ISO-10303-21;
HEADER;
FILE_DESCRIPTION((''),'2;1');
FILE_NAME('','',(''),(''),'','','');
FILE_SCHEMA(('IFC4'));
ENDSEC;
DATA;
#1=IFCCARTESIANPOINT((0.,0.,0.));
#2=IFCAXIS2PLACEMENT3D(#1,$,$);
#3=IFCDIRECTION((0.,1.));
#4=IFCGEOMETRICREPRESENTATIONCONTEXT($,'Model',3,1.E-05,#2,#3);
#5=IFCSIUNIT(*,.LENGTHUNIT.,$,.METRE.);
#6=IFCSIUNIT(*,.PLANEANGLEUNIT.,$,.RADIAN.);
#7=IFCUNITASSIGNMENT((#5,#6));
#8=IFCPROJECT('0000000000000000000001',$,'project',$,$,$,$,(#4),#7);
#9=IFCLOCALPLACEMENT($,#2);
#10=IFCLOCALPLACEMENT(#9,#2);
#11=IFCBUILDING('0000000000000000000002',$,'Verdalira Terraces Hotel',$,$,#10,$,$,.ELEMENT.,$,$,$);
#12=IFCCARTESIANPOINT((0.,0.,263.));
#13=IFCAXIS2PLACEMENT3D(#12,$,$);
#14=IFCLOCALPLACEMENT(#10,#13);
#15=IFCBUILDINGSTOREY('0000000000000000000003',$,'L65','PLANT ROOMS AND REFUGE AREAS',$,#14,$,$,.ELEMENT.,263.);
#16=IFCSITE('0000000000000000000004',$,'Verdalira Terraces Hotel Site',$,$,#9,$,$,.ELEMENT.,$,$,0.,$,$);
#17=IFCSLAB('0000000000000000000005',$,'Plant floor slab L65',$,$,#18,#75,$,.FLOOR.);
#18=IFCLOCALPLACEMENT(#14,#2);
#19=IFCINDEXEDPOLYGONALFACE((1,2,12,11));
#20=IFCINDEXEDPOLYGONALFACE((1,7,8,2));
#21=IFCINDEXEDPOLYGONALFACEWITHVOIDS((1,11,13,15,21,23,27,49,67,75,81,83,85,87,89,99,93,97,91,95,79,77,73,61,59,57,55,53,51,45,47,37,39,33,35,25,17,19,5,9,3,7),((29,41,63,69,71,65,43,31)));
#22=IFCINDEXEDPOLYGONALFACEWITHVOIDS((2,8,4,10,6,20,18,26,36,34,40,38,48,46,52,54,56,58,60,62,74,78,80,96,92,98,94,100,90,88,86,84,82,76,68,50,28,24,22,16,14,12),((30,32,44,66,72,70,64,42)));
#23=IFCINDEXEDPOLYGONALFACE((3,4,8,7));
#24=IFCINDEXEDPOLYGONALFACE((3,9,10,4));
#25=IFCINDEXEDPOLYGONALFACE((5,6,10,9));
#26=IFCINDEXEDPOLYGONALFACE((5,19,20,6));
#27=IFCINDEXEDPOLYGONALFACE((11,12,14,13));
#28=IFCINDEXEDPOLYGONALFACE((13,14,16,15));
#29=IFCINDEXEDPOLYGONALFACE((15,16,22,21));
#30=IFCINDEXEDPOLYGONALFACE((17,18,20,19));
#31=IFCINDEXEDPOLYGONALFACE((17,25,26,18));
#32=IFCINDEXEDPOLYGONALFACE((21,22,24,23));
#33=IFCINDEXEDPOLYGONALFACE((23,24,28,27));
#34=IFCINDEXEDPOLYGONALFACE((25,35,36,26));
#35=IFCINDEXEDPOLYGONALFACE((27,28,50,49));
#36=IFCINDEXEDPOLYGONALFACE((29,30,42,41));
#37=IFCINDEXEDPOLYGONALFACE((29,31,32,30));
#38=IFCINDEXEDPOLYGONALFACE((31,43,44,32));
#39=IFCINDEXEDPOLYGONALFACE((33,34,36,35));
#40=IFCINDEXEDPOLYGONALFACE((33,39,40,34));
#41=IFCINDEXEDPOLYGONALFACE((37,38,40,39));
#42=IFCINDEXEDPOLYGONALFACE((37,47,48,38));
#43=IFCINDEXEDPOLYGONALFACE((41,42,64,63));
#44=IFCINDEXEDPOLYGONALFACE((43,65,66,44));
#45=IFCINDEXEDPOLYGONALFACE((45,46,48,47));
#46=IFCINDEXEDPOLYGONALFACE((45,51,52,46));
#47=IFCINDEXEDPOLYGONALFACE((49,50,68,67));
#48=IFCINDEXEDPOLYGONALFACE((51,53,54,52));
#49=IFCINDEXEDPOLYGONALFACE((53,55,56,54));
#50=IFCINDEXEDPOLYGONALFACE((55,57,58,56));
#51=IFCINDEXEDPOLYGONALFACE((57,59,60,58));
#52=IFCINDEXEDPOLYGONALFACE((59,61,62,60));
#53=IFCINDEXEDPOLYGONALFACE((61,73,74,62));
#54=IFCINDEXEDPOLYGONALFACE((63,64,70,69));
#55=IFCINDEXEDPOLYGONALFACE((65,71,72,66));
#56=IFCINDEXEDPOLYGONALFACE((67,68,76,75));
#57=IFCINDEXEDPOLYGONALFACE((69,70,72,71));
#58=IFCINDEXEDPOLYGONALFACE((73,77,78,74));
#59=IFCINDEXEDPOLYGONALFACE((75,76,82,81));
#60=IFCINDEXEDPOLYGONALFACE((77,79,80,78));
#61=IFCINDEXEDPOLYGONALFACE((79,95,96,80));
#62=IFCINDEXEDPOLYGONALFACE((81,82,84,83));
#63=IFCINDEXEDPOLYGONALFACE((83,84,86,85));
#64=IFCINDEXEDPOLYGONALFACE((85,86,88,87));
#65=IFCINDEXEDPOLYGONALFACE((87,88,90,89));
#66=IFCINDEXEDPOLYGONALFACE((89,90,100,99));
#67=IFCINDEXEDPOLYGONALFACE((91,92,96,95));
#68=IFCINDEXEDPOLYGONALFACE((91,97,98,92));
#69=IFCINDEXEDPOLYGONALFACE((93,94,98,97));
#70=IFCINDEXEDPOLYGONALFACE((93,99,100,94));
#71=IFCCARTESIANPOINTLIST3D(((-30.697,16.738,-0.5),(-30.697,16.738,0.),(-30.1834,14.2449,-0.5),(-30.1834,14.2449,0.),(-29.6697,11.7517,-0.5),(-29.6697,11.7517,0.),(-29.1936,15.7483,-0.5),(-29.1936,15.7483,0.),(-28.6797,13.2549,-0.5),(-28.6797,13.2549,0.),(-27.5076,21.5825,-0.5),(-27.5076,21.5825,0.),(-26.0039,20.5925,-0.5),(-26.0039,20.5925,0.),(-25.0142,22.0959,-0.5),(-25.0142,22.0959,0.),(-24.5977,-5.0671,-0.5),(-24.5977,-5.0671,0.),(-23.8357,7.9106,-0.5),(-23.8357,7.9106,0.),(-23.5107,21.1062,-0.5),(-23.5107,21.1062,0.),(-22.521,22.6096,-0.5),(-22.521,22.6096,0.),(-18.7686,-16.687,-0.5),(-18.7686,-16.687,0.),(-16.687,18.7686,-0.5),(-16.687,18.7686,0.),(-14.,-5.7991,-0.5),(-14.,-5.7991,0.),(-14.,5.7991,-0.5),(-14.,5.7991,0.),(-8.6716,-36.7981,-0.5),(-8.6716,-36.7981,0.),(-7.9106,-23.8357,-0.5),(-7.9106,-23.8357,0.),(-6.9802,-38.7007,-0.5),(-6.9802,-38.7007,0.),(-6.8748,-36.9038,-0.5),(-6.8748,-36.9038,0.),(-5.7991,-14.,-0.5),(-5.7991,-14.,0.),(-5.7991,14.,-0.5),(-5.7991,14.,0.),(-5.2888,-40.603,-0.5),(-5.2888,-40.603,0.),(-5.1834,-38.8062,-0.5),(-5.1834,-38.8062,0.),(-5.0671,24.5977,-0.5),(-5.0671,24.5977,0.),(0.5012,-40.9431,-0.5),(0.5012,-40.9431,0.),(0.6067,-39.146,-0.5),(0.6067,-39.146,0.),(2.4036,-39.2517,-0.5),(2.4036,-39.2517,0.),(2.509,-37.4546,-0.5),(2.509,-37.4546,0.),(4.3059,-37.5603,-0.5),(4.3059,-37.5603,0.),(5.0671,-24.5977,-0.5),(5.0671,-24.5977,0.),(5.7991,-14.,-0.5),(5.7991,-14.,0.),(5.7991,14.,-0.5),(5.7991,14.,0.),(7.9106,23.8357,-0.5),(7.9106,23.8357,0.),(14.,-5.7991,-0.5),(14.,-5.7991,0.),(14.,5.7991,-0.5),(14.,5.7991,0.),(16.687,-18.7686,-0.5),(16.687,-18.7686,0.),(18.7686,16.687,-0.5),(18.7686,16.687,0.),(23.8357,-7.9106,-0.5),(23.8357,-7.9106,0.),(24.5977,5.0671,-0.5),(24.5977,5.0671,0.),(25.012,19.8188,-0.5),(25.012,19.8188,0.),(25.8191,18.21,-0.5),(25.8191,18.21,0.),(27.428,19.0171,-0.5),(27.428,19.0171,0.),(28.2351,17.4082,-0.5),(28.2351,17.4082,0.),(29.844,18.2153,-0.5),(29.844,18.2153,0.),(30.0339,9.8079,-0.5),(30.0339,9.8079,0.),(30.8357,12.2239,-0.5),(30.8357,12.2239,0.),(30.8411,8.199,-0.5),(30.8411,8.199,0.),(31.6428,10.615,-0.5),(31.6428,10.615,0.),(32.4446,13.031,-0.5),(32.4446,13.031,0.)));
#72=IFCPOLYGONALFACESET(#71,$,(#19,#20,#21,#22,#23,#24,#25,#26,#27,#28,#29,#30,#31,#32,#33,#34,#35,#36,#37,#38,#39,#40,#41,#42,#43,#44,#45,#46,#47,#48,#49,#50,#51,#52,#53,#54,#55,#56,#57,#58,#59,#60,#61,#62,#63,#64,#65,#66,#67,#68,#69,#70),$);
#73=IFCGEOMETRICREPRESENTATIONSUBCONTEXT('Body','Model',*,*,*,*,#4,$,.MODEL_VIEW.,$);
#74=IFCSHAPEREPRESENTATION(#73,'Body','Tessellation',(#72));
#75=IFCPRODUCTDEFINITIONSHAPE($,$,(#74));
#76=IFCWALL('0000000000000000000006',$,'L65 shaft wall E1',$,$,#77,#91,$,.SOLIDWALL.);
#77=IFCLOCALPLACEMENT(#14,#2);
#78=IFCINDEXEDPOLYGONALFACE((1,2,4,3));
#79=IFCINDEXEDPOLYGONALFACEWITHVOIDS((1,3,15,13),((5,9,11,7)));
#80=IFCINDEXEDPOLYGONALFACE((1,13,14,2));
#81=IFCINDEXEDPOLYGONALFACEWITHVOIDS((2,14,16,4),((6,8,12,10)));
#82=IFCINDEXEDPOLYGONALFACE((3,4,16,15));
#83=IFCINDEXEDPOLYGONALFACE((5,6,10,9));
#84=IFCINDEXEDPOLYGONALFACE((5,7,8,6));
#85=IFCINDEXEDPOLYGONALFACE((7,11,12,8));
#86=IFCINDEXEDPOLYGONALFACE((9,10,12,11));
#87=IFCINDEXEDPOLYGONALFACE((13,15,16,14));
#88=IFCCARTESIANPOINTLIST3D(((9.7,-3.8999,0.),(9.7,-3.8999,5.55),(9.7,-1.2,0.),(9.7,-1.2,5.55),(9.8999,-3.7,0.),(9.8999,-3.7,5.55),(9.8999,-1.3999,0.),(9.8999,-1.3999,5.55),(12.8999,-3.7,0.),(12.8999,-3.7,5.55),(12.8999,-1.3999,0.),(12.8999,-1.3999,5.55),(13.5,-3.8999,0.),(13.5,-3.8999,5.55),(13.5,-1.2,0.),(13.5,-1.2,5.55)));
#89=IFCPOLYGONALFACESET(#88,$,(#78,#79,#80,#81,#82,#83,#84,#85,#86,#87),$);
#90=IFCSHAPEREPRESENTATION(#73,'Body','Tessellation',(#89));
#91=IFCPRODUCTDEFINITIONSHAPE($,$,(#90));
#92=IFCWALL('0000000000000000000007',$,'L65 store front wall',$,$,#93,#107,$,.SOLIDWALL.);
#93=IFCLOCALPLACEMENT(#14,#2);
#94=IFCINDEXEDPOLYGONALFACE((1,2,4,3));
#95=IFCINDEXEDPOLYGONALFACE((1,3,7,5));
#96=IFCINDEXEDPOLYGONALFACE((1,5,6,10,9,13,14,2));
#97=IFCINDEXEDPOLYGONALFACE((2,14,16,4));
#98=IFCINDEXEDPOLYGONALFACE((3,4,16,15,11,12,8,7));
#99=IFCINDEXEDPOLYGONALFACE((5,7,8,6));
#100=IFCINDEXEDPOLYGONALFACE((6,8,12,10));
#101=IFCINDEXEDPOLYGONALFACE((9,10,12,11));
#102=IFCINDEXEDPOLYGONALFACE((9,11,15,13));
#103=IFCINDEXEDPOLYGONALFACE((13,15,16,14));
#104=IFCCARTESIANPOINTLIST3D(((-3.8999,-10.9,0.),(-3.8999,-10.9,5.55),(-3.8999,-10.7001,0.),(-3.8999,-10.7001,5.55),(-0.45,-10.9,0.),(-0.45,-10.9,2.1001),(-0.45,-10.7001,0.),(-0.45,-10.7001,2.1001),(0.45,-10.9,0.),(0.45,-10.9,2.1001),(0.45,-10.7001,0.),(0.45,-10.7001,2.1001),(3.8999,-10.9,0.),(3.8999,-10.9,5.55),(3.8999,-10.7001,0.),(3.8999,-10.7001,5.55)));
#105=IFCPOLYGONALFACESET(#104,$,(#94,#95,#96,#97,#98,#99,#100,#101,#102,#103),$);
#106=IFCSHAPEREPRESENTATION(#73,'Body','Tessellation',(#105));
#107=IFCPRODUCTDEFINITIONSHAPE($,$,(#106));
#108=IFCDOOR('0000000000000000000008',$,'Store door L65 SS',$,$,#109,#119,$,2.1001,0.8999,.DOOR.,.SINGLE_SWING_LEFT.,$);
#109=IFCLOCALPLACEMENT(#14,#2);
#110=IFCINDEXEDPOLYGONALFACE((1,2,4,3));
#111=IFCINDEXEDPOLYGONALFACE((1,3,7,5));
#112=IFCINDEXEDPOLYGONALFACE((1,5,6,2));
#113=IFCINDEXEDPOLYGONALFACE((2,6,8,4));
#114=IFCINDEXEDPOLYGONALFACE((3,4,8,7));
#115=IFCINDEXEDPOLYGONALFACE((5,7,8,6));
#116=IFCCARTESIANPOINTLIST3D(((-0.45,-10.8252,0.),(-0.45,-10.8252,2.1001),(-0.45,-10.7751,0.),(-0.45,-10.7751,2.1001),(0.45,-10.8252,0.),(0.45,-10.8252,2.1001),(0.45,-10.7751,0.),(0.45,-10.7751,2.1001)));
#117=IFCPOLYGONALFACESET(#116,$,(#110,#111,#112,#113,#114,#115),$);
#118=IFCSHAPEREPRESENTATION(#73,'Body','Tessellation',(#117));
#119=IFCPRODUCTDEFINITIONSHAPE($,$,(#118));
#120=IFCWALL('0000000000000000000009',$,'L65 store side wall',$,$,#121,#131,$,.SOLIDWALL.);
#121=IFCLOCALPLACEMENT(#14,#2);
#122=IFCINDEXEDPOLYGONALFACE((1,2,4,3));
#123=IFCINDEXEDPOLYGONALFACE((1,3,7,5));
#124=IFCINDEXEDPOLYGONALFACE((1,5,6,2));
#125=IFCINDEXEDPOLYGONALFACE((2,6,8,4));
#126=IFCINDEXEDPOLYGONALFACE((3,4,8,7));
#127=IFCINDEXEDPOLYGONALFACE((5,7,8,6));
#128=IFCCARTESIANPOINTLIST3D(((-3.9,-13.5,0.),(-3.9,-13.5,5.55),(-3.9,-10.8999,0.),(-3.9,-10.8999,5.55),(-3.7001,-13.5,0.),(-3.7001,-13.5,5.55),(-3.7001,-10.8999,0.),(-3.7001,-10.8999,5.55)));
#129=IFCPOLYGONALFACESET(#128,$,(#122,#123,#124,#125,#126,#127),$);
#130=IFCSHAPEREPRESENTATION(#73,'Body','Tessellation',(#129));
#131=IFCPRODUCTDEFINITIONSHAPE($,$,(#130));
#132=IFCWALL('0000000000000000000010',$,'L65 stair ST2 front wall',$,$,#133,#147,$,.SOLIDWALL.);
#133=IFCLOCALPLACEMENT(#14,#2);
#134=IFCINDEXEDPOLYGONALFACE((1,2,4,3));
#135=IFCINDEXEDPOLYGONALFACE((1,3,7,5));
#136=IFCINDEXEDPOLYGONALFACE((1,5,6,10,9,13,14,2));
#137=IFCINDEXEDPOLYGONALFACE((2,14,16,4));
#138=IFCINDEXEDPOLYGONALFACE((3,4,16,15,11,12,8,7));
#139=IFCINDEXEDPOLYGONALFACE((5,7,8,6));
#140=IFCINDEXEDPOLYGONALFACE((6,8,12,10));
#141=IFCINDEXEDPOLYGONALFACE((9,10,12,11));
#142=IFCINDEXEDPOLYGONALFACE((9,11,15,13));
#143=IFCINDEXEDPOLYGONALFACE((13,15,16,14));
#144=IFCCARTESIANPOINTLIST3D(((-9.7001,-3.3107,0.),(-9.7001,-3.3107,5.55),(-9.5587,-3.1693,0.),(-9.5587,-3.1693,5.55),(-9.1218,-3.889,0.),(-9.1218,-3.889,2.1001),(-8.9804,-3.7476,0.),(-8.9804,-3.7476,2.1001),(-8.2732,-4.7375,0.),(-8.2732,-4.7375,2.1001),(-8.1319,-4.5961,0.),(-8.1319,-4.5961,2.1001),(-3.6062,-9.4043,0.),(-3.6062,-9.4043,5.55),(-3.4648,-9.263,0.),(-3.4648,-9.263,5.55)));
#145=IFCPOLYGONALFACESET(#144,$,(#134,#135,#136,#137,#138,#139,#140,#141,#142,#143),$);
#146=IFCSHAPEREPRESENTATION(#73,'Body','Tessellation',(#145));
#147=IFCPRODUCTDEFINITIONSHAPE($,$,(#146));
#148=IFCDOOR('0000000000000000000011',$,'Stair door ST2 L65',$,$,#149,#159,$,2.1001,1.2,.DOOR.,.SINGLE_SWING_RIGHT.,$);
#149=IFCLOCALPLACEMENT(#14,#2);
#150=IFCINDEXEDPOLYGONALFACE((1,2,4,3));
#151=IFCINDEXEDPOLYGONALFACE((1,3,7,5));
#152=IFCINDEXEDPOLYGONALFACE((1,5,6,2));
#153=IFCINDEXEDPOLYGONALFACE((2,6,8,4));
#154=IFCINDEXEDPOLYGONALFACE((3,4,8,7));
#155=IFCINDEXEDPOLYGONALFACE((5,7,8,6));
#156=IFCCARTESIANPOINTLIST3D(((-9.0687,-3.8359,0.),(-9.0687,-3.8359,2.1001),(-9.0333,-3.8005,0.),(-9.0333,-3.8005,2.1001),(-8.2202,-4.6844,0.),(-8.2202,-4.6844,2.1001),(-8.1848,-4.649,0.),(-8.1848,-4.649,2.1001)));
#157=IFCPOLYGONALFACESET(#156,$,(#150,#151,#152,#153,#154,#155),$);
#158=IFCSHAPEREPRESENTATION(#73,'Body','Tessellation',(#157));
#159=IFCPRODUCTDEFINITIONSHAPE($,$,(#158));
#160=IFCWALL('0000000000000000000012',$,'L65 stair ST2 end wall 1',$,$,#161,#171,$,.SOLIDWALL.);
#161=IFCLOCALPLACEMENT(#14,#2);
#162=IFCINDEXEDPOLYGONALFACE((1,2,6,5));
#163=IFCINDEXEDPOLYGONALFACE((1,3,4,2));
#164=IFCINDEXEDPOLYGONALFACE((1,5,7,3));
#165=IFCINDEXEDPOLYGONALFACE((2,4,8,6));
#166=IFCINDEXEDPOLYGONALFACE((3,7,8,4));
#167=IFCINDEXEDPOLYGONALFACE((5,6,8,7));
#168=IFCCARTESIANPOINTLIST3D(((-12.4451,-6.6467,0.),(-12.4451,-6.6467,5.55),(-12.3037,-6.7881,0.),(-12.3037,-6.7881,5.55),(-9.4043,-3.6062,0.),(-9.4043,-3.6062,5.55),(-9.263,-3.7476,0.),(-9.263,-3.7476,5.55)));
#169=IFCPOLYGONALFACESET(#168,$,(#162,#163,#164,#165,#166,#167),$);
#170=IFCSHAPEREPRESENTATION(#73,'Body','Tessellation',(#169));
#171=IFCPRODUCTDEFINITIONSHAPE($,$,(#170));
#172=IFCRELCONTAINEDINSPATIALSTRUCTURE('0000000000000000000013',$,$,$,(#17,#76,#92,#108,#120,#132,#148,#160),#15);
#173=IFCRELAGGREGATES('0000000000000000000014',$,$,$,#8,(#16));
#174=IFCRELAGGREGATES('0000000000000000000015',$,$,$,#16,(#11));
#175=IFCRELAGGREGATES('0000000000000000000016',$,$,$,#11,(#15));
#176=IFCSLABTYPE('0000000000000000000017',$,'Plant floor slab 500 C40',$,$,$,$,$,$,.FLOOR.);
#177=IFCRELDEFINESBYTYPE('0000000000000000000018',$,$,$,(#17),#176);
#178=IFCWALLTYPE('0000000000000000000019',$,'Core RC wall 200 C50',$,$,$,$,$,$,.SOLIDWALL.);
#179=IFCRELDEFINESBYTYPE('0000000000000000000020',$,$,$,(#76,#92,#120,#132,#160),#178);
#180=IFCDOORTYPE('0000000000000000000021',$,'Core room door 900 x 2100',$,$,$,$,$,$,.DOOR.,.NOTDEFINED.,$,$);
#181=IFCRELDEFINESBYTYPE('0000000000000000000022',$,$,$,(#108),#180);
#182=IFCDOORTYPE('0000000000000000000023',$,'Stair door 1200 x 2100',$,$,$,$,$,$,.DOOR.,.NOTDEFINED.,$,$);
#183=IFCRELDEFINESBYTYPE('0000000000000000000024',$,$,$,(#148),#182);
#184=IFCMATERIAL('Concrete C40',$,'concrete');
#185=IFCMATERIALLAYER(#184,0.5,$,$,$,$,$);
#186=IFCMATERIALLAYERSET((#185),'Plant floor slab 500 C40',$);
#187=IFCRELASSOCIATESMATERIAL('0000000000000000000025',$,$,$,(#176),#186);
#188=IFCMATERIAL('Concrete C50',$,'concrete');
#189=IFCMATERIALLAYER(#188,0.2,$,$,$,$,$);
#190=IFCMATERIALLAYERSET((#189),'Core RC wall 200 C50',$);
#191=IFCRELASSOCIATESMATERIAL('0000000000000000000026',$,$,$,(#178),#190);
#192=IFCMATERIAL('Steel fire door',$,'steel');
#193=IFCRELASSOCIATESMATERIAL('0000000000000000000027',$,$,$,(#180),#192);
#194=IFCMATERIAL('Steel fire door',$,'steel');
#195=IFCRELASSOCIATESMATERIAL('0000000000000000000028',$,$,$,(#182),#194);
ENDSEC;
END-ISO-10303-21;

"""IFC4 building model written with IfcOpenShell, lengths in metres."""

from ifc_helpers import new_model, si_unit, direction, frame, frame_2d, origin, place, context, subcontext, project, spatial, polyline, rectangle, outline, extrude, material, layer, layer_set, type_object, element, fill, save


model = new_model("IFC4")

# Units and contexts
model_context = context("Model", 3, precision=1e-05, world=origin(), true_north=direction((0.0, 1.0)))
body_context = subcontext(model_context, "Body", "Model", "MODEL_VIEW")
ifc_project = project(units=[si_unit("LENGTHUNIT", "METRE"), si_unit("PLANEANGLEUNIT", "RADIAN")], contexts=[model_context])

# Site, building, storey
site_placement = place(None, origin())
site = spatial("IfcSite", under=ifc_project, at=site_placement, Name="Verdalira Terraces Hotel Site", CompositionType="ELEMENT", RefElevation=0.0)
building_placement = place(site_placement, origin())
building = spatial("IfcBuilding", under=site, at=building_placement, Name="Verdalira Terraces Hotel", CompositionType="ELEMENT")
storey_placement = place(building_placement, frame((0.0, 0.0, 263.0)))
storey = spatial("IfcBuildingStorey", under=building, at=storey_placement, Name="L65", Description="PLANT ROOMS AND REFUGE AREAS", CompositionType="ELEMENT", Elevation=263.0)

# Slab
ifc_material_1 = material(Name="Concrete C40", Category="concrete")
ifc_layer_1 = layer(ifc_material_1, 0.5)
ifc_layer_set_1 = layer_set([ifc_layer_1], Name="Plant floor slab 500 C40")
slab_type = type_object("IfcSlabType", Name="Plant floor slab 500 C40", PredefinedType="FLOOR", material=ifc_layer_set_1)
slab_placement = place(storey_placement, frame((0.0, 0.0, -0.5)))
element("IfcSlab", 1, at=slab_placement, inside=storey, type_object=slab_type, Name="Plant floor slab L65", PredefinedType="FLOOR", context=body_context, shape_type="SweptSolid", body=[
    extrude(outline(polyline([(-5.0671, 24.5977), (-16.687, 18.7686), (-22.521, 22.6096), (-23.5107, 21.1062), (-25.0142, 22.0959), (-26.0039, 20.5925), (-27.5076, 21.5825), (-30.697, 16.738), (-29.1936, 15.7483), (-30.1834, 14.2449), (-28.6797, 13.2549), (-29.6697, 11.7517), (-23.8357, 7.9106), (-24.5977, -5.0671), (-18.7686, -16.687), (-7.9106, -23.8357), (-8.6716, -36.7981), (-6.8748, -36.9038), (-6.9802, -38.7007), (-5.1833, -38.8062), (-5.2888, -40.603), (0.5012, -40.9431), (0.6067, -39.146), (2.4036, -39.2517), (2.509, -37.4546), (4.3059, -37.5603), (5.0671, -24.5977), (16.687, -18.7686), (23.8357, -7.9106), (24.5977, 5.0671), (30.8411, 8.199), (30.0339, 9.8079), (31.6428, 10.615), (30.8357, 12.2239), (32.4446, 13.031), (29.844, 18.2153), (28.2351, 17.4082), (27.428, 19.0171), (25.8191, 18.21), (25.012, 19.8188), (18.7686, 16.687), (7.9106, 23.8357), (-5.0671, 24.5977)]), holes=[polyline([(5.7991, 14.0), (14.0, 5.7991), (14.0, -5.7991), (5.7991, -14.0), (-5.7991, -14.0), (-14.0, -5.7991), (-14.0, 5.7991), (-5.7991, 14.0), (5.7991, 14.0)])]), origin(), (0.0, 0.0, 1.0), 0.5),
])

# Wall
ifc_material_2 = material(Name="Concrete C50", Category="concrete")
ifc_layer_2 = layer(ifc_material_2, 0.2)
ifc_layer_set_2 = layer_set([ifc_layer_2], Name="Core RC wall 200 C50")
wall_type_1 = type_object("IfcWallType", Name="Core RC wall 200 C50", PredefinedType="SOLIDWALL", material=ifc_layer_set_2)
wall_1_placement = place(storey_placement, origin())
element("IfcWall", 2, at=wall_1_placement, inside=storey, type_object=wall_type_1, Name="L65 shaft wall E1", PredefinedType="SOLIDWALL", context=body_context, shape_type="SweptSolid", body=[
    extrude(outline(polyline([(13.5, -1.2), (13.5, -3.8999), (9.7, -3.8999), (9.7, -1.2), (13.5, -1.2)]), holes=[polyline([(9.8999, -3.7), (12.8999, -3.7), (12.8999, -1.3999), (9.8999, -1.3999), (9.8999, -3.7)])]), origin(), (0.0, 0.0, 1.0), 5.55),
])

# Wall, opening, door
wall_2_placement = place(storey_placement, frame((-3.8999, -10.8, 0.0), z_axis=(0.0, 0.0, 1.0), x_axis=(1.0, 0.0, 0.0)))
wall_2 = element("IfcWall", 3, at=wall_2_placement, inside=storey, type_object=wall_type_1, Name="L65 store front wall", PredefinedType="SOLIDWALL", context=body_context, shape_type="SweptSolid", body=[
    extrude(rectangle(XDim=7.7998, YDim=0.2, at=frame_2d((3.8999, 0.0))), origin(), (0.0, 0.0, 1.0), 5.55),
])
opening_1_placement = place(wall_2_placement, frame((3.45, 0.0, 0.0)))
opening_1 = element("IfcOpeningElement", 4, at=opening_1_placement, cuts=wall_2, PredefinedType="OPENING", context=body_context, shape_type="SweptSolid", body=[
    extrude(rectangle(XDim=0.8999, YDim=2.1001, at=frame_2d((0.45, 1.05))), frame((0.0, 0.1099, 0.0), z_axis=(0.0, -1.0, 0.0), x_axis=(1.0, 0.0, 0.0)), (0.0, 0.0, 1.0), 0.22),
])
ifc_material_3 = material(Name="Steel fire door", Category="steel")
door_type_1 = type_object("IfcDoorType", Name="Core room door 900 x 2100", OperationType="NOTDEFINED", PredefinedType="DOOR", material=ifc_material_3)
door_1_placement = place(opening_1_placement, origin())
door_1 = element("IfcDoor", 5, at=door_1_placement, inside=storey, type_object=door_type_1, Name="Store door L65 SS", OperationType="SINGLE_SWING_LEFT", OverallHeight=2.1001, OverallWidth=0.8999, PredefinedType="DOOR", context=body_context, shape_type="SweptSolid", body=[
    extrude(rectangle(XDim=0.8999, YDim=2.1001, at=frame_2d((0.45, 1.05))), frame((0.0, 0.0249, 0.0), z_axis=(0.0, -1.0, 0.0), x_axis=(1.0, 0.0, 0.0)), (0.0, 0.0, 1.0), 0.05),
])
fill(opening_1, door_1)

# Wall
wall_3_placement = place(storey_placement, frame((-3.8, -10.8999, 0.0), z_axis=(0.0, 0.0, 1.0), x_axis=(0.0, -1.0, 0.0)))
element("IfcWall", 6, at=wall_3_placement, inside=storey, type_object=wall_type_1, Name="L65 store side wall", PredefinedType="SOLIDWALL", context=body_context, shape_type="SweptSolid", body=[
    extrude(rectangle(XDim=2.6001, YDim=0.2, at=frame_2d((1.3, 0.0))), origin(), (0.0, 0.0, 1.0), 5.55),
])

# Wall, opening, door
wall_4_placement = place(storey_placement, frame((-3.5354, -9.3337, 0.0), z_axis=(0.0, 0.0, 1.0), x_axis=(-0.707121, 0.707093, 0.0)))
wall_4 = element("IfcWall", 7, at=wall_4_placement, inside=storey, type_object=wall_type_1, Name="L65 stair ST2 front wall", PredefinedType="SOLIDWALL", context=body_context, shape_type="SweptSolid", body=[
    extrude(rectangle(XDim=8.6179, YDim=0.2, at=frame_2d((4.3091, 0.0))), origin(), (0.0, 0.0, 1.0), 5.55),
])
opening_2_placement = place(wall_4_placement, frame((6.6001, 0.0, 0.0)))
opening_2 = element("IfcOpeningElement", 8, at=opening_2_placement, cuts=wall_4, PredefinedType="OPENING", context=body_context, shape_type="SweptSolid", body=[
    extrude(rectangle(XDim=1.2, YDim=2.1001, at=frame_2d((0.6001, 1.05))), frame((0.0, 0.1099, 0.0), z_axis=(0.0, -1.0, 0.0), x_axis=(1.0, 0.0, 0.0)), (0.0, 0.0, 1.0), 0.22),
])
ifc_material_4 = material(Name="Steel fire door", Category="steel")
door_type_2 = type_object("IfcDoorType", Name="Stair door 1200 x 2100", OperationType="NOTDEFINED", PredefinedType="DOOR", material=ifc_material_4)
door_2_placement = place(opening_2_placement, origin())
door_2 = element("IfcDoor", 9, at=door_2_placement, inside=storey, type_object=door_type_2, Name="Stair door ST2 L65", OperationType="SINGLE_SWING_RIGHT", OverallHeight=2.1001, OverallWidth=1.2, PredefinedType="DOOR", context=body_context, shape_type="SweptSolid", body=[
    extrude(rectangle(XDim=1.2, YDim=2.1001, at=frame_2d((0.6001, 1.05))), frame((0.0, 0.0249, 0.0), z_axis=(0.0, -1.0, 0.0), x_axis=(1.0, 0.0, 0.0)), (0.0, 0.0, 1.0), 0.05),
])
fill(opening_2, door_2)

# Wall
for number, where, z_axis, x_axis, name in (
    (10, (-9.3337, -3.677, 0.0), (0.0, 0.0, 1.0), (-0.707135, -0.707078, 0.0), "L65 stair ST2 end wall 1"),
):
    element("IfcWall", number, at=place(storey_placement, frame(where, z_axis=z_axis, x_axis=x_axis)), inside=storey, type_object=wall_type_1, Name=name, PredefinedType="SOLIDWALL", context=body_context, shape_type="SweptSolid", body=[
        extrude(rectangle(XDim=4.3, YDim=0.2, at=frame_2d((2.1499, 0.0))), origin(), (0.0, 0.0, 1.0), 5.55),
    ])

save(model, "model.ifc")
